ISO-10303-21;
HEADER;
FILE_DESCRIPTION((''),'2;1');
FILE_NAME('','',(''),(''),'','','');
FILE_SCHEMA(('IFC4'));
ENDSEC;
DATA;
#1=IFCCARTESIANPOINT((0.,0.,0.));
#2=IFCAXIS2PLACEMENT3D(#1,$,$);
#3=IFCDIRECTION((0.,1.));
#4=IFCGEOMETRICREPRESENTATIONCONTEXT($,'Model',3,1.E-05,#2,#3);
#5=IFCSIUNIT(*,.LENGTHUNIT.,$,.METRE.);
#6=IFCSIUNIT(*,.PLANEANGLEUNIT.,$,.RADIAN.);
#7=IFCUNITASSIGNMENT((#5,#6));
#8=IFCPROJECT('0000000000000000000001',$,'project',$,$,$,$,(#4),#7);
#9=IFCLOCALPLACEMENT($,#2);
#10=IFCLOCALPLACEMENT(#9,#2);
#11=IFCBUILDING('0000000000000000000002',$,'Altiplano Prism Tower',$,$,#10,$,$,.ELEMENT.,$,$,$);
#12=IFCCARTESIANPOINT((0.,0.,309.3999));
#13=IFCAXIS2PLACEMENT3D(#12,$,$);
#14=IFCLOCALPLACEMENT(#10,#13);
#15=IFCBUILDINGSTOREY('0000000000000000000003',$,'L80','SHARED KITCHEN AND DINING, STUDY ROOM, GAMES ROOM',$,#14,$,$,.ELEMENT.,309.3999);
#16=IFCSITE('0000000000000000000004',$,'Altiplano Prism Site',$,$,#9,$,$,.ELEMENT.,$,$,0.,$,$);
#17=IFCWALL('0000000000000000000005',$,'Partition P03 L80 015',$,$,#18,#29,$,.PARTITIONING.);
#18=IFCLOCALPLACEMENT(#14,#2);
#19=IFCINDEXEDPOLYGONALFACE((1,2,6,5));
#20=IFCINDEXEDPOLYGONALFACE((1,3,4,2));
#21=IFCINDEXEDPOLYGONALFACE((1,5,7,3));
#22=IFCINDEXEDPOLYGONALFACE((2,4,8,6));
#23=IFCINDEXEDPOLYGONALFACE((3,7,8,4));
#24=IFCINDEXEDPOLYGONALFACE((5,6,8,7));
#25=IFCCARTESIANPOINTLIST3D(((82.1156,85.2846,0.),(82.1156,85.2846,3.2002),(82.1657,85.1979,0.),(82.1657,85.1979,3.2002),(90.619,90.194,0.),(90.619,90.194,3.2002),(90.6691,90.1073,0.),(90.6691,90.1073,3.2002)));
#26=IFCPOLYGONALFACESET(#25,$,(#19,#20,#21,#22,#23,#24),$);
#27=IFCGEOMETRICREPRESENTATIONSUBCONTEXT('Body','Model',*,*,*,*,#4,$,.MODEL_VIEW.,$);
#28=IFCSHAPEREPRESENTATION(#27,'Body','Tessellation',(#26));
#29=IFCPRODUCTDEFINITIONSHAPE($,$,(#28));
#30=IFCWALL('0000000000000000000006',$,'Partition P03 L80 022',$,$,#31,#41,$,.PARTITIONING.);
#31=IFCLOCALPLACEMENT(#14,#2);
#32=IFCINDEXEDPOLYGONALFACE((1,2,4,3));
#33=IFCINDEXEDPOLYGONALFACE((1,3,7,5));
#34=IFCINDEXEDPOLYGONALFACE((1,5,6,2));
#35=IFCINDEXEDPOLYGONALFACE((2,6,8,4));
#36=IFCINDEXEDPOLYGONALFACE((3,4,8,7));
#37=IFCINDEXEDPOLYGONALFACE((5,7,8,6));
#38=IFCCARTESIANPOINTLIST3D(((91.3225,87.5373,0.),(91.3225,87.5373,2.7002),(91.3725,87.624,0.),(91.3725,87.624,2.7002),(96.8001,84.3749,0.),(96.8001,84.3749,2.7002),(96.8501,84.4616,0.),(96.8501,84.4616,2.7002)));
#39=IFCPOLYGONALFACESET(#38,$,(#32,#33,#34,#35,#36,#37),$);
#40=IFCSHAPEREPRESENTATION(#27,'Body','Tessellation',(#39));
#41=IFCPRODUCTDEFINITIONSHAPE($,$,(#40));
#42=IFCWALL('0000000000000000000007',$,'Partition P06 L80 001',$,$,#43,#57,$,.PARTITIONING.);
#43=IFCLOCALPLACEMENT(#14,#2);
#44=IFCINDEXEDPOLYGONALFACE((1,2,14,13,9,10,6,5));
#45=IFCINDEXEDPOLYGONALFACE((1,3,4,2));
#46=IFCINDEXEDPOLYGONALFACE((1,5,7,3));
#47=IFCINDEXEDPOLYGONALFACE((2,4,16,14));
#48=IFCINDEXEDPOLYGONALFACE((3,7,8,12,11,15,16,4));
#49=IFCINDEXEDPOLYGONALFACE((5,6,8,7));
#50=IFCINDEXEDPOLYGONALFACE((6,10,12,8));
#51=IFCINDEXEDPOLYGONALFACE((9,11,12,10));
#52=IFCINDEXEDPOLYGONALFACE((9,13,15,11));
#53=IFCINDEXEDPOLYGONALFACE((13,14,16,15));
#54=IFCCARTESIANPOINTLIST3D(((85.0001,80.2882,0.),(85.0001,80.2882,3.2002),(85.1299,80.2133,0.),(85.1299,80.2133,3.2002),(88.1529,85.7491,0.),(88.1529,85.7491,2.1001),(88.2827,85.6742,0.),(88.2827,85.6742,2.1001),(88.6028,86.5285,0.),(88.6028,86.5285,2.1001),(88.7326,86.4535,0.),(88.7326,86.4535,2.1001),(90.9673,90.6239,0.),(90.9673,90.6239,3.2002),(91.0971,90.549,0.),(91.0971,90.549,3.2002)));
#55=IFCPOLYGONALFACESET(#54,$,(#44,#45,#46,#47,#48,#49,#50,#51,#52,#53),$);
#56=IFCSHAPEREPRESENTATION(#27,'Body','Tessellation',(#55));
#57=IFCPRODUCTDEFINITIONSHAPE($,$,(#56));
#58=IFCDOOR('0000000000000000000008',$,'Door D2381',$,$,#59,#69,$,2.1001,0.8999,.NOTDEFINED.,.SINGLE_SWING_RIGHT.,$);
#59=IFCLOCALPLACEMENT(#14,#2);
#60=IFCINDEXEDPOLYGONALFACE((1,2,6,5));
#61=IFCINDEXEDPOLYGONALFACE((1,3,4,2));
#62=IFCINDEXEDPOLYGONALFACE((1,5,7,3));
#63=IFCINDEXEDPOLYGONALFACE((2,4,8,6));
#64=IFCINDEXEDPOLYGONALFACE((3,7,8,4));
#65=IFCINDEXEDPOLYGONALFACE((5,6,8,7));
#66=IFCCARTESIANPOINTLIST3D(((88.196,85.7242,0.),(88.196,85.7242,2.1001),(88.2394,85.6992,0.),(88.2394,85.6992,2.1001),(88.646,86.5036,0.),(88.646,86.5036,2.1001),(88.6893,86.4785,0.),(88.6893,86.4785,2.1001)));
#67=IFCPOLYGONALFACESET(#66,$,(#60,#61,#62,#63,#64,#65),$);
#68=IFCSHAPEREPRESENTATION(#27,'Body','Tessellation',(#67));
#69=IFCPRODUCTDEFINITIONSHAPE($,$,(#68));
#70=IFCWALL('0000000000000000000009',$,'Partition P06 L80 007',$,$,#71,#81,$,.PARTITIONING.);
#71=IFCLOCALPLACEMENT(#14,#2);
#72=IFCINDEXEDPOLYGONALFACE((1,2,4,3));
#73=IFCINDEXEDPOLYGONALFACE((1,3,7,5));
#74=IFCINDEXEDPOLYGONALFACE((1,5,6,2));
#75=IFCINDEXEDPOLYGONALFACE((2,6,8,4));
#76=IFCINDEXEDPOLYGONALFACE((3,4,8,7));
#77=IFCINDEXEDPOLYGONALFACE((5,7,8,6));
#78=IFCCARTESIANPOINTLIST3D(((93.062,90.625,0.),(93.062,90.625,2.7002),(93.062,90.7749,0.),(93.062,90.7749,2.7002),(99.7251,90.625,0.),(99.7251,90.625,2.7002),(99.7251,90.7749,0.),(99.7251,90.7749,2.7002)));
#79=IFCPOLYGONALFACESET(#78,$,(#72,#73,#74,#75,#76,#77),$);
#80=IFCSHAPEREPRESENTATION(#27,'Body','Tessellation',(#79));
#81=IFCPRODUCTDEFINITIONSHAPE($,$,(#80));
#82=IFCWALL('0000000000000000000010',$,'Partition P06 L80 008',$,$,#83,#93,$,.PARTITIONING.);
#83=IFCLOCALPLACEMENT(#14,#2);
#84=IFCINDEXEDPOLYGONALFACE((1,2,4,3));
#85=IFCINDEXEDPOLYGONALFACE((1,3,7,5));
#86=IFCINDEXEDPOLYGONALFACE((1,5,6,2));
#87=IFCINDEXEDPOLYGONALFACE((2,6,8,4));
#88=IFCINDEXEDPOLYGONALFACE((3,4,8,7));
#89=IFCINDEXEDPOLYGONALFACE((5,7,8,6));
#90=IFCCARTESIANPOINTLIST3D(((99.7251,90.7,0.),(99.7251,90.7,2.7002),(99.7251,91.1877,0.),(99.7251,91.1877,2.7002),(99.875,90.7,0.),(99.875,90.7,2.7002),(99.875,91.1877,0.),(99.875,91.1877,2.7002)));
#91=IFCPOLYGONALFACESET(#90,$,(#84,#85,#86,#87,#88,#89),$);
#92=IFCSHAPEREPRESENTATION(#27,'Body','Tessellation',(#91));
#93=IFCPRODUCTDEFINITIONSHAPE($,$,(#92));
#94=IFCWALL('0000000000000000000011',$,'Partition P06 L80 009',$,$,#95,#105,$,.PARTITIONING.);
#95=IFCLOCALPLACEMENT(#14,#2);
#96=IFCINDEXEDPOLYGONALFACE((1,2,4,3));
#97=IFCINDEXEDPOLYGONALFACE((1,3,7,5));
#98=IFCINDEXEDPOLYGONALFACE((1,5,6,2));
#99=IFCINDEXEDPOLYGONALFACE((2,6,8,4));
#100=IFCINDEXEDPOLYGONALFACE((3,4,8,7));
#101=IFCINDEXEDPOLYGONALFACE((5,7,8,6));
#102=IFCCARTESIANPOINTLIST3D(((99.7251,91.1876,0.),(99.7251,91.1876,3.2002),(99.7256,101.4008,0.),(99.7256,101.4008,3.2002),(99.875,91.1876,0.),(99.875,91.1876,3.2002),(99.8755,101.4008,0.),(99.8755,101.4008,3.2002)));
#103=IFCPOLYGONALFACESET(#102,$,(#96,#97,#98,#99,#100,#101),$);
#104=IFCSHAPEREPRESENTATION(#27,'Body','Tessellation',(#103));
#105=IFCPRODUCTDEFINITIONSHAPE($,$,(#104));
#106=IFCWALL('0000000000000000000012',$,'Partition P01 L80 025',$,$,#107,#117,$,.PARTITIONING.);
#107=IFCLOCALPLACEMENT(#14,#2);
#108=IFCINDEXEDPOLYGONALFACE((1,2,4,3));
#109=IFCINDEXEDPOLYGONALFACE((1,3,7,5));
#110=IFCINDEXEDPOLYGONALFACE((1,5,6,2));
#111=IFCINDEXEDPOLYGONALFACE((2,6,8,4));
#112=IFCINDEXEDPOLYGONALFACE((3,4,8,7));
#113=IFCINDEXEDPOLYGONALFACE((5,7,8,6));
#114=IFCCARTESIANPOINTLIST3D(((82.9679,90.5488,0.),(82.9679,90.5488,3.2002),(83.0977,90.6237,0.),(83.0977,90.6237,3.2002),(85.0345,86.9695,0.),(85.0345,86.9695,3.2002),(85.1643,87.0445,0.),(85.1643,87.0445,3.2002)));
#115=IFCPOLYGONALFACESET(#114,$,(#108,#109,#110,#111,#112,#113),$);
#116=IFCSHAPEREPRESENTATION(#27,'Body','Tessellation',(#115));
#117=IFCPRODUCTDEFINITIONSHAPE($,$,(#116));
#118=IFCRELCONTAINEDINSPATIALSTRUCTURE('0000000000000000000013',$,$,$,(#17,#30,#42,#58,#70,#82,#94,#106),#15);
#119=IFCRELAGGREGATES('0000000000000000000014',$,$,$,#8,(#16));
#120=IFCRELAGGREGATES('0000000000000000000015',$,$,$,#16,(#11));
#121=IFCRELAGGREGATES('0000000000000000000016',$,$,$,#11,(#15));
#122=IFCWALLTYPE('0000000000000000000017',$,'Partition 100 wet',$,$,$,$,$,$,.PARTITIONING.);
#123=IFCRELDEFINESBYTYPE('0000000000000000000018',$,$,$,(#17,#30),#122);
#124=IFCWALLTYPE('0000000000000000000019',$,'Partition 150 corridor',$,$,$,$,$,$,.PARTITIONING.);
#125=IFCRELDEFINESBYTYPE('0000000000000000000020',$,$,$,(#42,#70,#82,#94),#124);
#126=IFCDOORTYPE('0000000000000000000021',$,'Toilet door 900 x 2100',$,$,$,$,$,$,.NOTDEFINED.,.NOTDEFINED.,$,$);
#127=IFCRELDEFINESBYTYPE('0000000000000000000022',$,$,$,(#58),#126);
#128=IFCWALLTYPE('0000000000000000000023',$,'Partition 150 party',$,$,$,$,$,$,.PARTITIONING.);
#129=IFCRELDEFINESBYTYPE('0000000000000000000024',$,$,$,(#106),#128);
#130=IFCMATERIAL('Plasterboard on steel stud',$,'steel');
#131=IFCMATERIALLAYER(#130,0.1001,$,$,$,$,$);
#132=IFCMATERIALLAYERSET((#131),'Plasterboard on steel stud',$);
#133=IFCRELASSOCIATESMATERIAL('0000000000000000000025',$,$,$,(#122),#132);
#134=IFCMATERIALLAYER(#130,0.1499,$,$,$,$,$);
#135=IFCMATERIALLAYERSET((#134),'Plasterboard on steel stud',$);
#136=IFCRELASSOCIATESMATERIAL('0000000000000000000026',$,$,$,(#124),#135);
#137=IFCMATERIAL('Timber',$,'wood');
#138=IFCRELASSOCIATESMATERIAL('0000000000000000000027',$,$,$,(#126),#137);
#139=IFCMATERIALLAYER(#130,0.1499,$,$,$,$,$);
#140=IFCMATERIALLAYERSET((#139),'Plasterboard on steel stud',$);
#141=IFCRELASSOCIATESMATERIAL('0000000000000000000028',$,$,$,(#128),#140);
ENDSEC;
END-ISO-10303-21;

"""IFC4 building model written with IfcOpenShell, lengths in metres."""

from ifc_helpers import new_model, si_unit, direction, frame, frame_2d, origin, place, context, subcontext, project, spatial, rectangle, extrude, material, layer, layer_set, type_object, element, fill, save


model = new_model("IFC4")

# Units and contexts
model_context = context("Model", 3, precision=1e-05, world=origin(), true_north=direction((0.0, 1.0)))
body_context = subcontext(model_context, "Body", "Model", "MODEL_VIEW")
ifc_project = project(units=[si_unit("LENGTHUNIT", "METRE"), si_unit("PLANEANGLEUNIT", "RADIAN")], contexts=[model_context])

# Site, building, storey
site_placement = place(None, origin())
site = spatial("IfcSite", under=ifc_project, at=site_placement, Name="Altiplano Prism Site", CompositionType="ELEMENT", RefElevation=0.0)
building_placement = place(site_placement, origin())
building = spatial("IfcBuilding", under=site, at=building_placement, Name="Altiplano Prism Tower", CompositionType="ELEMENT")
storey_placement = place(building_placement, frame((0.0, 0.0, 309.3999)))
storey = spatial("IfcBuildingStorey", under=building, at=storey_placement, Name="L80", Description="SHARED KITCHEN AND DINING, STUDY ROOM, GAMES ROOM", CompositionType="ELEMENT", Elevation=309.3999)

# Walls
ifc_material_1 = material(Name="Plasterboard on steel stud", Category="steel")
ifc_layer_1 = layer(ifc_material_1, 0.1001)
ifc_layer_set_1 = layer_set([ifc_layer_1], Name="Plasterboard on steel stud")
wall_type_1 = type_object("IfcWallType", Name="Partition 100 wet", PredefinedType="PARTITIONING", material=ifc_layer_set_1)
wall_1_placement = place(storey_placement, frame((90.644, 90.1506, 0.0), z_axis=(0.0, 0.0, 1.0), x_axis=(-0.866027, -0.499998, 0.0)))
element("IfcWall", 1, at=wall_1_placement, inside=storey, type_object=wall_type_1, Name="Partition P03 L80 015", PredefinedType="PARTITIONING", context=body_context, shape_type="SweptSolid", body=[
    extrude(rectangle(XDim=9.8188, YDim=0.1001, at=frame_2d((4.9094, 0.0))), origin(), (0.0, 0.0, 1.0), 3.2002),
])
wall_2_placement = place(storey_placement, frame((96.8252, 84.4182, 0.0), z_axis=(0.0, 0.0, 1.0), x_axis=(-0.866033, 0.499988, 0.0)))
element("IfcWall", 2, at=wall_2_placement, inside=storey, type_object=wall_type_1, Name="Partition P03 L80 022", PredefinedType="PARTITIONING", context=body_context, shape_type="SweptSolid", body=[
    extrude(rectangle(XDim=6.325, YDim=0.1001, at=frame_2d((3.1626, 0.0))), origin(), (0.0, 0.0, 1.0), 2.7002),
])

# Wall, opening, door
ifc_layer_2 = layer(ifc_material_1, 0.1499)
ifc_layer_set_2 = layer_set([ifc_layer_2], Name="Plasterboard on steel stud")
wall_type_2 = type_object("IfcWallType", Name="Partition 150 corridor", PredefinedType="PARTITIONING", material=ifc_layer_set_2)
wall_3_placement = place(storey_placement, frame((91.0322, 90.5864, 0.0), z_axis=(0.0, 0.0, 1.0), x_axis=(-0.499998, -0.866026, 0.0)))
wall_3 = element("IfcWall", 3, at=wall_3_placement, inside=storey, type_object=wall_type_2, Name="Partition P06 L80 001", PredefinedType="PARTITIONING", context=body_context, shape_type="SweptSolid", body=[
    extrude(rectangle(XDim=11.9346, YDim=0.1499, at=frame_2d((5.9673, 0.0))), origin(), (0.0, 0.0, 1.0), 3.2002),
])
opening_placement = place(wall_3_placement, frame((4.729, 0.0, 0.0)))
opening = element("IfcOpeningElement", 4, at=opening_placement, cuts=wall_3, PredefinedType="OPENING", context=body_context, shape_type="SweptSolid", body=[
    extrude(rectangle(XDim=0.8999, YDim=2.1001, at=frame_2d((0.45, 1.05))), frame((0.0, 0.0854, 0.0), z_axis=(0.0, -1.0, 0.0), x_axis=(1.0, 0.0, 0.0)), (0.0, 0.0, 1.0), 0.1709),
])
ifc_material_2 = material(Name="Timber", Category="wood")
door_type = type_object("IfcDoorType", Name="Toilet door 900 x 2100", OperationType="NOTDEFINED", PredefinedType="NOTDEFINED", material=ifc_material_2)
door_placement = place(opening_placement, origin())
door = element("IfcDoor", 5, at=door_placement, inside=storey, type_object=door_type, Name="Door D2381", OperationType="SINGLE_SWING_RIGHT", OverallHeight=2.1001, OverallWidth=0.8999, PredefinedType="NOTDEFINED", context=body_context, shape_type="SweptSolid", body=[
    extrude(rectangle(XDim=0.8999, YDim=2.1001, at=frame_2d((0.45, 1.05))), frame((0.0, 0.0249, 0.0), z_axis=(0.0, -1.0, 0.0), x_axis=(1.0, 0.0, 0.0)), (0.0, 0.0, 1.0), 0.05),
])
fill(opening, door)

# Walls
wall_4_placement = place(storey_placement, frame((93.062, 90.7, 0.0), z_axis=(0.0, 0.0, 1.0), x_axis=(1.0, 0.0, 0.0)))
element("IfcWall", 6, at=wall_4_placement, inside=storey, type_object=wall_type_2, Name="Partition P06 L80 007", PredefinedType="PARTITIONING", context=body_context, shape_type="SweptSolid", body=[
    extrude(rectangle(XDim=6.6631, YDim=0.1499, at=frame_2d((3.3315, 0.0))), origin(), (0.0, 0.0, 1.0), 2.7002),
])
wall_5_placement = place(storey_placement, frame((99.8, 90.7, 0.0), z_axis=(0.0, 0.0, 1.0), x_axis=(0.0, 1.0, 0.0)))
element("IfcWall", 7, at=wall_5_placement, inside=storey, type_object=wall_type_2, Name="Partition P06 L80 008", PredefinedType="PARTITIONING", context=body_context, shape_type="SweptSolid", body=[
    extrude(rectangle(XDim=0.4878, YDim=0.1499, at=frame_2d((0.2439, 0.0))), origin(), (0.0, 0.0, 1.0), 2.7002),
])
wall_6_placement = place(storey_placement, frame((99.8, 91.1877, 0.0), z_axis=(0.0, 0.0, 1.0), x_axis=(0.000048, 1.0, 0.0)))
element("IfcWall", 8, at=wall_6_placement, inside=storey, type_object=wall_type_2, Name="Partition P06 L80 009", PredefinedType="PARTITIONING", context=body_context, shape_type="SweptSolid", body=[
    extrude(rectangle(XDim=10.2131, YDim=0.1499, at=frame_2d((5.1064, 0.0))), origin(), (0.0, 0.0, 1.0), 3.2002),
])
ifc_layer_3 = layer(ifc_material_1, 0.1499)
ifc_layer_set_3 = layer_set([ifc_layer_3], Name="Plasterboard on steel stud")
wall_type_3 = type_object("IfcWallType", Name="Partition 150 party", PredefinedType="PARTITIONING", material=ifc_layer_set_3)
wall_7_placement = place(storey_placement, frame((85.0994, 87.0071, 0.0), z_axis=(0.0, 0.0, 1.0), x_axis=(-0.500021, 0.866013, 0.0)))
element("IfcWall", 9, at=wall_7_placement, inside=storey, type_object=wall_type_3, Name="Partition P01 L80 025", PredefinedType="PARTITIONING", context=body_context, shape_type="SweptSolid", body=[
    extrude(rectangle(XDim=4.1331, YDim=0.1499, at=frame_2d((2.0664, 0.0))), origin(), (0.0, 0.0, 1.0), 3.2002),
])

save(model, "model.ifc")
